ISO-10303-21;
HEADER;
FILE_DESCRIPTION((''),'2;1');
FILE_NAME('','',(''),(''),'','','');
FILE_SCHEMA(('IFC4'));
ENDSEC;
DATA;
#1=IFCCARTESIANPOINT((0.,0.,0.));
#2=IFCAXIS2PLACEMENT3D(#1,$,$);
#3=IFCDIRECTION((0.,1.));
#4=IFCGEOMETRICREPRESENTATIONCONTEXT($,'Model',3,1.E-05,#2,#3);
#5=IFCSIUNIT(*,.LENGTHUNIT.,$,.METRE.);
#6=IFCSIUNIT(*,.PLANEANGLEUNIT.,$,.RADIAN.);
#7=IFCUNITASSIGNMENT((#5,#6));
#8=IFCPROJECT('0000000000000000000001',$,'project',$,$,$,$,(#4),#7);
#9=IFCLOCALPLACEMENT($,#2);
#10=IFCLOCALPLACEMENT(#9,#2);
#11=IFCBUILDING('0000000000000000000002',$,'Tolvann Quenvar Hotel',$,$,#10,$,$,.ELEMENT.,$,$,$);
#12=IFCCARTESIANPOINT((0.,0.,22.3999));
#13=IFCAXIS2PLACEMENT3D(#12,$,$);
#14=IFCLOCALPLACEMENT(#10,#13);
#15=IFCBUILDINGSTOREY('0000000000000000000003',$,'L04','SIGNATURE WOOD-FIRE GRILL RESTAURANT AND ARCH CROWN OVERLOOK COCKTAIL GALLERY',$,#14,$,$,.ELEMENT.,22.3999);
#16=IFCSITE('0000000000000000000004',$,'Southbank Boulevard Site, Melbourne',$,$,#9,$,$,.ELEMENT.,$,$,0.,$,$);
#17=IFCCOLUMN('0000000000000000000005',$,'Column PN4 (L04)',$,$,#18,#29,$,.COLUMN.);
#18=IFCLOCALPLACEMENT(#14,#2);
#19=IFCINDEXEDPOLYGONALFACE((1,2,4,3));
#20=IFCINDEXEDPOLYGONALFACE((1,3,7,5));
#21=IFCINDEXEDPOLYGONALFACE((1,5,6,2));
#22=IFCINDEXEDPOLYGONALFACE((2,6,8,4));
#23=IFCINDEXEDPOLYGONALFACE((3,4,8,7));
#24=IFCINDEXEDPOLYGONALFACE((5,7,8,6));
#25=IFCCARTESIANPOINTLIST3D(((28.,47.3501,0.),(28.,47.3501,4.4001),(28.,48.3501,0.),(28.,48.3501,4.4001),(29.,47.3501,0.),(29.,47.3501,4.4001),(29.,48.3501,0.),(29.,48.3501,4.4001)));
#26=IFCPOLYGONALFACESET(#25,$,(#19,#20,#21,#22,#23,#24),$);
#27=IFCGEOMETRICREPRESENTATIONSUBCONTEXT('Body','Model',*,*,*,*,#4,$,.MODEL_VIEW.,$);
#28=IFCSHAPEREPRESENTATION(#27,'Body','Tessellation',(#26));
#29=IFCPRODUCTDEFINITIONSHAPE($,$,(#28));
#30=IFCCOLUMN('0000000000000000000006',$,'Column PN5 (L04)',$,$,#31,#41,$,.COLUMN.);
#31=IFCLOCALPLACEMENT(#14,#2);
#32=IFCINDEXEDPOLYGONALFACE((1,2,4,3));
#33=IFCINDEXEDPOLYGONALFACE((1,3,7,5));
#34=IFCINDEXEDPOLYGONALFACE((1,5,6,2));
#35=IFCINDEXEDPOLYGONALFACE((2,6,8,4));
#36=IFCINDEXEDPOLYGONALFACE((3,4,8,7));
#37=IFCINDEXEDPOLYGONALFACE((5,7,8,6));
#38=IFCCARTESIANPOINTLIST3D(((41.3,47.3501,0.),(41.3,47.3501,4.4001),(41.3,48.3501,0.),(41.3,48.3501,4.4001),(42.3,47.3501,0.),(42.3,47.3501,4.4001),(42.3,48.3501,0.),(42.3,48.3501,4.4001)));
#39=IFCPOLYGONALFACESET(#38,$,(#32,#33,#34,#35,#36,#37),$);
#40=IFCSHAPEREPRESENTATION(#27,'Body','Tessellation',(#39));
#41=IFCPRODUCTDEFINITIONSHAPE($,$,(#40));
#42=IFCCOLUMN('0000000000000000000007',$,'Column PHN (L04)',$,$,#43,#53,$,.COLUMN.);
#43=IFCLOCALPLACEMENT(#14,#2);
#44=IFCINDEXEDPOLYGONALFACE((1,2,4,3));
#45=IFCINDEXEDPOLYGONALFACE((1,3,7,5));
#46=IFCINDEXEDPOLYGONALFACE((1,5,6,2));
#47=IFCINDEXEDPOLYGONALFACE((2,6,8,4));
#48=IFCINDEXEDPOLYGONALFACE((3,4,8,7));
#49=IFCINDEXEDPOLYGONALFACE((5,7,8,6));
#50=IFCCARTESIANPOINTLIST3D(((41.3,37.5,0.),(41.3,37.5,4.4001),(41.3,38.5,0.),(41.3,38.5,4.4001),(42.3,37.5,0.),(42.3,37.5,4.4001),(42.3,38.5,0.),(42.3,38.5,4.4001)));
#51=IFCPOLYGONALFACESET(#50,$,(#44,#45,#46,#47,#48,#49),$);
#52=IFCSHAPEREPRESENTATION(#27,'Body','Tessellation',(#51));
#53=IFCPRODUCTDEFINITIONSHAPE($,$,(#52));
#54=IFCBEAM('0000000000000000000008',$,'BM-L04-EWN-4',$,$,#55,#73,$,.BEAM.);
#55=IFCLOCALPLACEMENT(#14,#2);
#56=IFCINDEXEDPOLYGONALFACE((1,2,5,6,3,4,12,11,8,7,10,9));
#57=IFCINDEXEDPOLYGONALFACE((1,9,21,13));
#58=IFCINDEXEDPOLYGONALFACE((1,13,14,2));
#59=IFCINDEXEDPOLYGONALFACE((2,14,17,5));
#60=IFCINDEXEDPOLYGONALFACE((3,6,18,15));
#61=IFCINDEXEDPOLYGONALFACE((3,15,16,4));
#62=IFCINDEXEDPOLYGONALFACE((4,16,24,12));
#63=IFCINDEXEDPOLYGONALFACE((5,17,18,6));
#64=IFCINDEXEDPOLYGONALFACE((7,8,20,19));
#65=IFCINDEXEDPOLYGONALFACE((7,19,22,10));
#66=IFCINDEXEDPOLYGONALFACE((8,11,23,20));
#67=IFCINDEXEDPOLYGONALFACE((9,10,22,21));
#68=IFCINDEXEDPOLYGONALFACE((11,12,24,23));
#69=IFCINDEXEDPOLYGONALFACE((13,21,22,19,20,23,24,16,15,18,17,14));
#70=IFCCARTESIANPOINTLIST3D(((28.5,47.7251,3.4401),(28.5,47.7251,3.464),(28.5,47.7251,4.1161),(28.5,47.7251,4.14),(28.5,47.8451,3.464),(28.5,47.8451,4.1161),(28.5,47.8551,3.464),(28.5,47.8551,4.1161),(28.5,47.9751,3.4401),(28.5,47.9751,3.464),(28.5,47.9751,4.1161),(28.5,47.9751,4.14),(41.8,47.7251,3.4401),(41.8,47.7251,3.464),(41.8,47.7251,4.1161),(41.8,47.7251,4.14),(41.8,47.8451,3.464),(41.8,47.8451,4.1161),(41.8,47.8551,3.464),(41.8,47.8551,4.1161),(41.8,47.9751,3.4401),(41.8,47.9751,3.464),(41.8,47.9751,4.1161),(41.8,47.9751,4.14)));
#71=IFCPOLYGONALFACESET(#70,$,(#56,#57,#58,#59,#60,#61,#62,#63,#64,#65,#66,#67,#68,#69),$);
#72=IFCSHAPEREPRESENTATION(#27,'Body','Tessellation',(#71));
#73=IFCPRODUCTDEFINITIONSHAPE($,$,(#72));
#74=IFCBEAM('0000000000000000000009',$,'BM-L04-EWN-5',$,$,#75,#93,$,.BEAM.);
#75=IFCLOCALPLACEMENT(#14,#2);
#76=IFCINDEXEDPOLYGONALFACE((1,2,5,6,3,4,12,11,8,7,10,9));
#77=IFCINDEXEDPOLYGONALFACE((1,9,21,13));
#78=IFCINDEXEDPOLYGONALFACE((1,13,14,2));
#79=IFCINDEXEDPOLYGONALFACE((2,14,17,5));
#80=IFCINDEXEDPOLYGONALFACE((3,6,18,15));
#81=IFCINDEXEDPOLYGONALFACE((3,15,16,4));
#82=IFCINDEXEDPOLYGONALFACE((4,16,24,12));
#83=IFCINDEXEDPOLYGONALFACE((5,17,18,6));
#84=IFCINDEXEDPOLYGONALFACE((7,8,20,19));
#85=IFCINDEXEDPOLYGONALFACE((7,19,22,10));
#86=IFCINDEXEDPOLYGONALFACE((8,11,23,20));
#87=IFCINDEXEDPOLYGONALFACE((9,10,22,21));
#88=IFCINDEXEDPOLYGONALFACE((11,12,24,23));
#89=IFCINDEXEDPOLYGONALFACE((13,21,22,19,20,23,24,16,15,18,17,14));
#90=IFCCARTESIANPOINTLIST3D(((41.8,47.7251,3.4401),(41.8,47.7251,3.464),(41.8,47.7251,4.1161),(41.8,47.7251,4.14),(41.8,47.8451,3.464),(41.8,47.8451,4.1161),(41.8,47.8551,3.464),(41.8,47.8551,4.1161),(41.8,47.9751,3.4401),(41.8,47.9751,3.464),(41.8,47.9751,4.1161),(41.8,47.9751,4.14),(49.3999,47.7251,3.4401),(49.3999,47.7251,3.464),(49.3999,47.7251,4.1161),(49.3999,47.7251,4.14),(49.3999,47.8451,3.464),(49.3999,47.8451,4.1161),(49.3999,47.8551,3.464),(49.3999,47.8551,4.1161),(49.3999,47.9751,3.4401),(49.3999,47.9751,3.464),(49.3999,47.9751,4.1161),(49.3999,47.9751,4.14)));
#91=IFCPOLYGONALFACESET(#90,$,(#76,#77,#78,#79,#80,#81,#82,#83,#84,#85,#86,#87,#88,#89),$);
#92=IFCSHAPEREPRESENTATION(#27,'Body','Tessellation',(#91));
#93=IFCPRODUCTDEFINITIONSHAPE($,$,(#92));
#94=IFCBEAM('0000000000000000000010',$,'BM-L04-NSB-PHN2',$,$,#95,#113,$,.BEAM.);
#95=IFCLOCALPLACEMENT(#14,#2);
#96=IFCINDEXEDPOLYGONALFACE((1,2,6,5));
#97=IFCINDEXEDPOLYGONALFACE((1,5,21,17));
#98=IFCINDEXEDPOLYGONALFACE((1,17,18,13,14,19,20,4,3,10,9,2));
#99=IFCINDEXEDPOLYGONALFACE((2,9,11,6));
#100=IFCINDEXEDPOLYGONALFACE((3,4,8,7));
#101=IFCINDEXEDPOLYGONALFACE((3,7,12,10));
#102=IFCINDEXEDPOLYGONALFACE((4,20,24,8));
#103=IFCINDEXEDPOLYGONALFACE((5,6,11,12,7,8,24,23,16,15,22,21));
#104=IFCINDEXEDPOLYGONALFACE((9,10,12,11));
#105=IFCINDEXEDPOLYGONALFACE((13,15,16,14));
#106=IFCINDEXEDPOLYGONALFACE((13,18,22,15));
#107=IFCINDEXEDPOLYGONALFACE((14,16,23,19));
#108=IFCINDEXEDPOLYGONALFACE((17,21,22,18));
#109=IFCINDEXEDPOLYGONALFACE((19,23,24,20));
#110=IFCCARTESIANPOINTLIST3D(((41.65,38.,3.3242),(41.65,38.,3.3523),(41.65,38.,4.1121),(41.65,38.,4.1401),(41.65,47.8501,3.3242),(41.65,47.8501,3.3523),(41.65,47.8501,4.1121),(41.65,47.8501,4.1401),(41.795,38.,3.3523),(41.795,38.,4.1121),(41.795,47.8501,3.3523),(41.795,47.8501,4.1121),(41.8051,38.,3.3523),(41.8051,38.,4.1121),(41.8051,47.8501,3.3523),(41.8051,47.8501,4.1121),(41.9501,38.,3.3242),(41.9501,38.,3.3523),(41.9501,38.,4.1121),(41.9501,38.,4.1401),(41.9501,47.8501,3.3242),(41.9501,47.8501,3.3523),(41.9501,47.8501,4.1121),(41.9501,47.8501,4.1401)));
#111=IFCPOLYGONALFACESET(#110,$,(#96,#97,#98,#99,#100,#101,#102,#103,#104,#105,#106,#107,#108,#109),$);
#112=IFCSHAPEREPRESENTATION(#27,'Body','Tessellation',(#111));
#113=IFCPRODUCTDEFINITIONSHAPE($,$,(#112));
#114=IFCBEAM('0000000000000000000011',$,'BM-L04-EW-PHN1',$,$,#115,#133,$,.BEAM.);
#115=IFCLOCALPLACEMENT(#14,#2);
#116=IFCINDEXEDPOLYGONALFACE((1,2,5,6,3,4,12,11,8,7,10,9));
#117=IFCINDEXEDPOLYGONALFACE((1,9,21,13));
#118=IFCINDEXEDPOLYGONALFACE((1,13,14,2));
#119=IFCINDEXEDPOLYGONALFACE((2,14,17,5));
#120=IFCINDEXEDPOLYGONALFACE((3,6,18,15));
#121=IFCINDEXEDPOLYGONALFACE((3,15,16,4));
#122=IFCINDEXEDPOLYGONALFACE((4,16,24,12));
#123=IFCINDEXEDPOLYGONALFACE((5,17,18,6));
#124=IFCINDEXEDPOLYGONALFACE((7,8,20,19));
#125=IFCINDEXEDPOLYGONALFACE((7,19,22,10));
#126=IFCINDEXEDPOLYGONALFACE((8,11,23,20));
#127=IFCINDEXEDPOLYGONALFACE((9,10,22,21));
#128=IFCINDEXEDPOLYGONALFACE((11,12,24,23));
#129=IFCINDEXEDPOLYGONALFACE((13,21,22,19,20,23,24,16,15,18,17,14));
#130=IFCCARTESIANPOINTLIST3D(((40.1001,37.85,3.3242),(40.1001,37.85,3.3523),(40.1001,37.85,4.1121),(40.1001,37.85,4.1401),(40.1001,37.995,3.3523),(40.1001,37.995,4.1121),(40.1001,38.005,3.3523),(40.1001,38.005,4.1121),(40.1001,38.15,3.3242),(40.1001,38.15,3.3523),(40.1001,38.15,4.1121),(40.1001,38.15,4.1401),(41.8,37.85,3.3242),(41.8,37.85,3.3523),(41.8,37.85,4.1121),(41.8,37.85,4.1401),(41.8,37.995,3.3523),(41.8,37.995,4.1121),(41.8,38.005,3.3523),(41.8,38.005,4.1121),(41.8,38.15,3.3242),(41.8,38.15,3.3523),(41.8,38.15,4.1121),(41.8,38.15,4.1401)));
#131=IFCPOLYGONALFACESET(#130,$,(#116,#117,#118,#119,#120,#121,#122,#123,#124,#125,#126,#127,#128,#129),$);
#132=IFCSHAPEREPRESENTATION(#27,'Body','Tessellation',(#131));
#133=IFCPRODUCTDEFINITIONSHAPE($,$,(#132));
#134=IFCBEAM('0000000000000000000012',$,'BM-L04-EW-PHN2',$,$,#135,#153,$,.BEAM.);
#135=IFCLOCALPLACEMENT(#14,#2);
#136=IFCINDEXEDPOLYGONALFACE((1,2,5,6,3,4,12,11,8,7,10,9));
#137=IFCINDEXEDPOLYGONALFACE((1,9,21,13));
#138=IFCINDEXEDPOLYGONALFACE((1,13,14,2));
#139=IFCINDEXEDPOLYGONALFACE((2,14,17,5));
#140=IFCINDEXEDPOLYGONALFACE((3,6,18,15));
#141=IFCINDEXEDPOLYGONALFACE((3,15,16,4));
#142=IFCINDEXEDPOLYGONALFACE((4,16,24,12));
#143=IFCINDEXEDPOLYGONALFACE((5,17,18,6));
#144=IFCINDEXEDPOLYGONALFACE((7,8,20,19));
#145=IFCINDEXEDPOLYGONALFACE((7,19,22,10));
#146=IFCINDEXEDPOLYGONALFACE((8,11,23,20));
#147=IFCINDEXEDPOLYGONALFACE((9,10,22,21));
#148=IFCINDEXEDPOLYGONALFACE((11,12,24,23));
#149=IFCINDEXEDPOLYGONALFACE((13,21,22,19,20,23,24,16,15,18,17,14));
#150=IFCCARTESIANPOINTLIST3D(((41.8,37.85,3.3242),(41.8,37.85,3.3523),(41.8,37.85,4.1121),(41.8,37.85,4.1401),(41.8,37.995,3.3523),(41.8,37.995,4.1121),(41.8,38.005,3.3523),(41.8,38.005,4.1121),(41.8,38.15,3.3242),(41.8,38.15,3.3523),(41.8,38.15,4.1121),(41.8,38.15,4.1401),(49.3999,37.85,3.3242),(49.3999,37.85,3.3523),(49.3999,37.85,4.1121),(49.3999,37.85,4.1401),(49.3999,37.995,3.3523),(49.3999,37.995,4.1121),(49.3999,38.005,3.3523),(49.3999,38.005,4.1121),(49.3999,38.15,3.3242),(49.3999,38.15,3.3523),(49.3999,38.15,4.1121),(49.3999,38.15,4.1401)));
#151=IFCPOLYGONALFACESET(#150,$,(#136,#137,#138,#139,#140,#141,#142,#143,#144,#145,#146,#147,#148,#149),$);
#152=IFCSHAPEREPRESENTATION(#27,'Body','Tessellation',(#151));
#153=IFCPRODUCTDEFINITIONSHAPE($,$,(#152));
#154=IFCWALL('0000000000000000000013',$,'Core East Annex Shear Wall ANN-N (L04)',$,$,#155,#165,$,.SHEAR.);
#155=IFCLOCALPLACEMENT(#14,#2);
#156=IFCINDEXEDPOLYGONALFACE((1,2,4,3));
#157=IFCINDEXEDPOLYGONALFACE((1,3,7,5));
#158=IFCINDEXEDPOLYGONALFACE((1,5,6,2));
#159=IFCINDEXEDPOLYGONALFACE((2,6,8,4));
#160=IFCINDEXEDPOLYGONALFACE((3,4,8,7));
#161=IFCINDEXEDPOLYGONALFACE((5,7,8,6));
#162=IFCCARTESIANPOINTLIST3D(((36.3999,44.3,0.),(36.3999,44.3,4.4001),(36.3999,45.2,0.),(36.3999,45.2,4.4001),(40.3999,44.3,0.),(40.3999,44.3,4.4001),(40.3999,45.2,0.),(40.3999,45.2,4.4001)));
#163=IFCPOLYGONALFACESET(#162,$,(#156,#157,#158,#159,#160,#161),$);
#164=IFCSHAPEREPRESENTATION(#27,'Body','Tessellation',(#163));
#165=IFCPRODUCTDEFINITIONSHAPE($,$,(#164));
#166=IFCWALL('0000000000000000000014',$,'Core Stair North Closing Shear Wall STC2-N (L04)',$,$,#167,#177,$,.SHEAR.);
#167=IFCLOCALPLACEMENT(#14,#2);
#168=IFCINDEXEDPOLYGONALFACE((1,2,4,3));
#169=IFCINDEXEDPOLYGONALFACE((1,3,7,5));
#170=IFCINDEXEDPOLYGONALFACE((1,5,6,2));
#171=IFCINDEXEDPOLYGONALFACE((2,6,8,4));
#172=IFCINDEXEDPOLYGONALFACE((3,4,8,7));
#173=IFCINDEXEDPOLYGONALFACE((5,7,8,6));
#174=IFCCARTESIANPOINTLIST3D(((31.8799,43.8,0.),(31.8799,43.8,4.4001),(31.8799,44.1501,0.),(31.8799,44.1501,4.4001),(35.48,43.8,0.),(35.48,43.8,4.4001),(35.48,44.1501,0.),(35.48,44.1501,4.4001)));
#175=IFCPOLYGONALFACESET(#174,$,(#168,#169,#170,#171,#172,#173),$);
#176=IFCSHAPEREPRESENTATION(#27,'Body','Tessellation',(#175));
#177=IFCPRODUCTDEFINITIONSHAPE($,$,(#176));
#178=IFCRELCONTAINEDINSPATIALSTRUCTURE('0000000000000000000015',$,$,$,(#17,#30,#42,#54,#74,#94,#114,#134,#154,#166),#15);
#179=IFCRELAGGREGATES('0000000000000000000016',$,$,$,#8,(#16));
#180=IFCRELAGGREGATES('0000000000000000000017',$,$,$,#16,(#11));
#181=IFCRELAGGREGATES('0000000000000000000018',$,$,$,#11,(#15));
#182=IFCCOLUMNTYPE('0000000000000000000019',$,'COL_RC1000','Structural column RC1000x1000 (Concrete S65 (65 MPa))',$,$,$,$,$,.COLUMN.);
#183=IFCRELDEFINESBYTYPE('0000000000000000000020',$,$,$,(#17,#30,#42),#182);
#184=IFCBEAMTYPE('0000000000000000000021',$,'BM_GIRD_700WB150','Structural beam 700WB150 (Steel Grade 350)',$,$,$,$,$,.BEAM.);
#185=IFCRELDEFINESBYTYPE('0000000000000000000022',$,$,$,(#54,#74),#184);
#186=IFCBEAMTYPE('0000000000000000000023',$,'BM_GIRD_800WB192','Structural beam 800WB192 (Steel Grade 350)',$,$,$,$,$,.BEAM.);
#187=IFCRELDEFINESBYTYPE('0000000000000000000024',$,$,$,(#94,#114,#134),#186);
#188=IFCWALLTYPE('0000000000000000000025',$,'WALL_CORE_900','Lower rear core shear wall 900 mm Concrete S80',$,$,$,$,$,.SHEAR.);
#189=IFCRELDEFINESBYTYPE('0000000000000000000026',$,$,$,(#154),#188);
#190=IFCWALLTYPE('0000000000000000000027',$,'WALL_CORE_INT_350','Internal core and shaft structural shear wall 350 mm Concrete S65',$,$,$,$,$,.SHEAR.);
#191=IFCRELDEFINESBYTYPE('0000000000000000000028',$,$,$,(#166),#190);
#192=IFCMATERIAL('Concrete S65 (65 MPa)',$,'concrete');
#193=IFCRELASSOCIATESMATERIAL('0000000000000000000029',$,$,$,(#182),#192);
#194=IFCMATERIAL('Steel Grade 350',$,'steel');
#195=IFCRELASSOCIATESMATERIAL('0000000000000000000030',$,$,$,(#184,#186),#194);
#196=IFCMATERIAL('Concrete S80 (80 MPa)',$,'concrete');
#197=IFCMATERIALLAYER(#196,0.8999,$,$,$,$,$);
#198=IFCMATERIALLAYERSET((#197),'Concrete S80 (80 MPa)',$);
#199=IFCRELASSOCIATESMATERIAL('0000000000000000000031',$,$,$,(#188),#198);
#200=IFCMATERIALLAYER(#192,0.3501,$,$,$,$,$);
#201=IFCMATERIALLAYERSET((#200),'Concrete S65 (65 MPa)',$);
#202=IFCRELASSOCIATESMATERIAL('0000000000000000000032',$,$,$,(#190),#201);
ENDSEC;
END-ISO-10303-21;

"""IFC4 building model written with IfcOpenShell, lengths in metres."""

from ifc_helpers import new_model, si_unit, direction, frame, frame_2d, origin, origin_2d, place, context, subcontext, project, spatial, rectangle, i_section, extrude, source, transform, mapped, material, layer, layer_set, material_profile, profile_set, type_object, type_shapes, element, save


model = new_model("IFC4")

# Units and contexts
model_context = context("Model", 3, precision=1e-05, world=origin(), true_north=direction((0.0, 1.0)))
body_context = subcontext(model_context, "Body", "Model", "MODEL_VIEW")
ifc_project = project(units=[si_unit("LENGTHUNIT", "METRE"), si_unit("PLANEANGLEUNIT", "RADIAN")], contexts=[model_context])

# Site, building, storey
site_placement = place(None, origin())
site = spatial("IfcSite", under=ifc_project, at=site_placement, Name="Southbank Boulevard Site, Melbourne", CompositionType="ELEMENT", RefElevation=0.0)
building_placement = place(site_placement, origin())
building = spatial("IfcBuilding", under=site, at=building_placement, Name="Tolvann Quenvar Hotel", CompositionType="ELEMENT")
storey_placement = place(building_placement, frame((0.0, 0.0, 22.3999)))
storey = spatial("IfcBuildingStorey", under=building, at=storey_placement, Name="L04", Description="SIGNATURE WOOD-FIRE GRILL RESTAURANT AND ARCH CROWN OVERLOOK COCKTAIL GALLERY", CompositionType="ELEMENT", Elevation=22.3999)

# Columns
ifc_material_1 = material(Name="Concrete S65 (65 MPa)", Category="concrete")
ifc_material_profile_1 = material_profile(ifc_material_1, rectangle(XDim=1.0, YDim=1.0, at=origin_2d()), Name="RC1000x1000")
ifc_profile_set_1 = profile_set([ifc_material_profile_1], Name="Concrete S65 (65 MPa)")
column_type = type_object("IfcColumnType", Name="COL_RC1000", Description="Structural column RC1000x1000 (Concrete S65 (65 MPa))", PredefinedType="COLUMN", material=ifc_profile_set_1)
shared_shape_1 = source(origin(), body_context, "Body", "SweptSolid", [
    extrude(rectangle(XDim=1.0, YDim=1.0, at=origin_2d()), origin(), (0.0, 0.0, 1.0), 4.4001),
])
type_shapes(column_type, [shared_shape_1])
for number, where, z_axis, x_axis, name in (
    (1, (28.5, 47.8501, 0.0), (0.0, 0.0, 1.0), (1.0, 0.0, 0.0), "Column PN4 (L04)"),
    (2, (41.8, 47.8501, 0.0), (0.0, 0.0, 1.0), (1.0, 0.0, 0.0), "Column PN5 (L04)"),
    (3, (41.8, 38.0, 0.0), (0.0, 0.0, 1.0), (1.0, 0.0, 0.0), "Column PHN (L04)"),
):
    element("IfcColumn", number, at=place(storey_placement, frame(where, z_axis=z_axis, x_axis=x_axis)), inside=storey, type_object=column_type, Name=name, PredefinedType="COLUMN", context=body_context, shape_type="MappedRepresentation", body=[
        mapped(shared_shape_1, transform((0.0, 0.0, 0.0), x_axis=(1.0, 0.0, 0.0), y_axis=(0.0, 1.0, 0.0), z_axis=(0.0, 0.0, 1.0), scale=1.0)),
    ])

# Beams
ifc_material_2 = material(Name="Steel Grade 350", Category="steel")
ifc_material_profile_2 = material_profile(ifc_material_2, i_section(OverallWidth=0.25, OverallDepth=0.7, WebThickness=0.01, FlangeThickness=0.0239, at=origin_2d()), Name="700WB150")
ifc_profile_set_2 = profile_set([ifc_material_profile_2], Name="Steel Grade 350")
beam_type_1 = type_object("IfcBeamType", Name="BM_GIRD_700WB150", Description="Structural beam 700WB150 (Steel Grade 350)", PredefinedType="BEAM", material=ifc_profile_set_2)
shared_shape_2 = source(origin(), body_context, "Body", "SweptSolid", [
    extrude(i_section(OverallWidth=0.25, OverallDepth=0.7, WebThickness=0.01, FlangeThickness=0.0239, at=origin_2d()), origin(), (0.0, 0.0, 1.0), 13.3),
])
beam_1_placement = place(storey_placement, frame((28.5, 47.8501, 3.79), z_axis=(1.0, 0.0, 0.0), x_axis=(0.0, 1.0, 0.0)))
element("IfcBeam", 4, at=beam_1_placement, inside=storey, type_object=beam_type_1, Name="BM-L04-EWN-4", PredefinedType="BEAM", context=body_context, shape_type="MappedRepresentation", body=[
    mapped(shared_shape_2, transform((0.0, 0.0, 0.0), x_axis=(1.0, 0.0, 0.0), y_axis=(0.0, 1.0, 0.0), z_axis=(0.0, 0.0, 1.0), scale=1.0)),
])
shared_shape_3 = source(origin(), body_context, "Body", "SweptSolid", [
    extrude(i_section(OverallWidth=0.25, OverallDepth=0.7, WebThickness=0.01, FlangeThickness=0.0239, at=origin_2d()), origin(), (0.0, 0.0, 1.0), 7.5999),
])
type_shapes(beam_type_1, [shared_shape_2, shared_shape_3])
beam_2_placement = place(storey_placement, frame((41.8, 47.8501, 3.79), z_axis=(1.0, 0.0, 0.0), x_axis=(0.0, 1.0, 0.0)))
element("IfcBeam", 5, at=beam_2_placement, inside=storey, type_object=beam_type_1, Name="BM-L04-EWN-5", PredefinedType="BEAM", context=body_context, shape_type="MappedRepresentation", body=[
    mapped(shared_shape_3, transform((0.0, 0.0, 0.0), x_axis=(1.0, 0.0, 0.0), y_axis=(0.0, 1.0, 0.0), z_axis=(0.0, 0.0, 1.0), scale=1.0)),
])
ifc_material_profile_3 = material_profile(ifc_material_2, i_section(OverallWidth=0.3, OverallDepth=0.8159, WebThickness=0.01, FlangeThickness=0.0281, at=origin_2d()), Name="800WB192")
ifc_profile_set_3 = profile_set([ifc_material_profile_3], Name="Steel Grade 350")
beam_type_2 = type_object("IfcBeamType", Name="BM_GIRD_800WB192", Description="Structural beam 800WB192 (Steel Grade 350)", PredefinedType="BEAM", material=ifc_profile_set_3)
shared_shape_4 = source(origin(), body_context, "Body", "SweptSolid", [
    extrude(i_section(OverallWidth=0.3, OverallDepth=0.8159, WebThickness=0.01, FlangeThickness=0.0281, at=origin_2d()), origin(), (0.0, 0.0, 1.0), 9.8501),
])
beam_3_placement = place(storey_placement, frame((41.8, 38.0, 3.7322), z_axis=(0.0, 1.0, 0.0), x_axis=(-1.0, 0.0, 0.0)))
element("IfcBeam", 6, at=beam_3_placement, inside=storey, type_object=beam_type_2, Name="BM-L04-NSB-PHN2", PredefinedType="BEAM", context=body_context, shape_type="MappedRepresentation", body=[
    mapped(shared_shape_4, transform((0.0, 0.0, 0.0), x_axis=(1.0, 0.0, 0.0), y_axis=(0.0, 1.0, 0.0), z_axis=(0.0, 0.0, 1.0), scale=1.0)),
])
shared_shape_5 = source(origin(), body_context, "Body", "SweptSolid", [
    extrude(i_section(OverallWidth=0.3, OverallDepth=0.8159, WebThickness=0.01, FlangeThickness=0.0281, at=origin_2d()), origin(), (0.0, 0.0, 1.0), 1.7),
])
beam_4_placement = place(storey_placement, frame((40.1001, 38.0, 3.7322), z_axis=(1.0, 0.0, 0.0), x_axis=(0.0, 1.0, 0.0)))
element("IfcBeam", 7, at=beam_4_placement, inside=storey, type_object=beam_type_2, Name="BM-L04-EW-PHN1", PredefinedType="BEAM", context=body_context, shape_type="MappedRepresentation", body=[
    mapped(shared_shape_5, transform((0.0, 0.0, 0.0), x_axis=(1.0, 0.0, 0.0), y_axis=(0.0, 1.0, 0.0), z_axis=(0.0, 0.0, 1.0), scale=1.0)),
])
shared_shape_6 = source(origin(), body_context, "Body", "SweptSolid", [
    extrude(i_section(OverallWidth=0.3, OverallDepth=0.8159, WebThickness=0.01, FlangeThickness=0.0281, at=origin_2d()), origin(), (0.0, 0.0, 1.0), 7.5999),
])
type_shapes(beam_type_2, [shared_shape_4, shared_shape_5, shared_shape_6])
beam_5_placement = place(storey_placement, frame((41.8, 38.0, 3.7322), z_axis=(1.0, 0.0, 0.0), x_axis=(0.0, 1.0, 0.0)))
element("IfcBeam", 8, at=beam_5_placement, inside=storey, type_object=beam_type_2, Name="BM-L04-EW-PHN2", PredefinedType="BEAM", context=body_context, shape_type="MappedRepresentation", body=[
    mapped(shared_shape_6, transform((0.0, 0.0, 0.0), x_axis=(1.0, 0.0, 0.0), y_axis=(0.0, 1.0, 0.0), z_axis=(0.0, 0.0, 1.0), scale=1.0)),
])

# Walls
ifc_material_3 = material(Name="Concrete S80 (80 MPa)", Category="concrete")
ifc_layer_1 = layer(ifc_material_3, 0.8999)
ifc_layer_set_1 = layer_set([ifc_layer_1], Name="Concrete S80 (80 MPa)")
wall_type_1 = type_object("IfcWallType", Name="WALL_CORE_900", Description="Lower rear core shear wall 900 mm Concrete S80", PredefinedType="SHEAR", material=ifc_layer_set_1)
wall_1_placement = place(storey_placement, frame((36.3999, 44.75, 0.0), z_axis=(0.0, 0.0, 1.0), x_axis=(1.0, 0.0, 0.0)))
element("IfcWall", 9, at=wall_1_placement, inside=storey, type_object=wall_type_1, Name="Core East Annex Shear Wall ANN-N (L04)", PredefinedType="SHEAR", context=body_context, shape_type="SweptSolid", body=[
    extrude(rectangle(XDim=4.0, YDim=0.8999, at=frame_2d((2.0, 0.0))), origin(), (0.0, 0.0, 1.0), 4.4001),
])
ifc_layer_2 = layer(ifc_material_1, 0.3501)
ifc_layer_set_2 = layer_set([ifc_layer_2], Name="Concrete S65 (65 MPa)")
wall_type_2 = type_object("IfcWallType", Name="WALL_CORE_INT_350", Description="Internal core and shaft structural shear wall 350 mm Concrete S65", PredefinedType="SHEAR", material=ifc_layer_set_2)
wall_2_placement = place(storey_placement, frame((31.8799, 43.9751, 0.0), z_axis=(0.0, 0.0, 1.0), x_axis=(1.0, 0.0, 0.0)))
element("IfcWall", 10, at=wall_2_placement, inside=storey, type_object=wall_type_2, Name="Core Stair North Closing Shear Wall STC2-N (L04)", PredefinedType="SHEAR", context=body_context, shape_type="SweptSolid", body=[
    extrude(rectangle(XDim=3.6001, YDim=0.3501, at=frame_2d((1.8, 0.0))), origin(), (0.0, 0.0, 1.0), 4.4001),
])

save(model, "model.ifc")
